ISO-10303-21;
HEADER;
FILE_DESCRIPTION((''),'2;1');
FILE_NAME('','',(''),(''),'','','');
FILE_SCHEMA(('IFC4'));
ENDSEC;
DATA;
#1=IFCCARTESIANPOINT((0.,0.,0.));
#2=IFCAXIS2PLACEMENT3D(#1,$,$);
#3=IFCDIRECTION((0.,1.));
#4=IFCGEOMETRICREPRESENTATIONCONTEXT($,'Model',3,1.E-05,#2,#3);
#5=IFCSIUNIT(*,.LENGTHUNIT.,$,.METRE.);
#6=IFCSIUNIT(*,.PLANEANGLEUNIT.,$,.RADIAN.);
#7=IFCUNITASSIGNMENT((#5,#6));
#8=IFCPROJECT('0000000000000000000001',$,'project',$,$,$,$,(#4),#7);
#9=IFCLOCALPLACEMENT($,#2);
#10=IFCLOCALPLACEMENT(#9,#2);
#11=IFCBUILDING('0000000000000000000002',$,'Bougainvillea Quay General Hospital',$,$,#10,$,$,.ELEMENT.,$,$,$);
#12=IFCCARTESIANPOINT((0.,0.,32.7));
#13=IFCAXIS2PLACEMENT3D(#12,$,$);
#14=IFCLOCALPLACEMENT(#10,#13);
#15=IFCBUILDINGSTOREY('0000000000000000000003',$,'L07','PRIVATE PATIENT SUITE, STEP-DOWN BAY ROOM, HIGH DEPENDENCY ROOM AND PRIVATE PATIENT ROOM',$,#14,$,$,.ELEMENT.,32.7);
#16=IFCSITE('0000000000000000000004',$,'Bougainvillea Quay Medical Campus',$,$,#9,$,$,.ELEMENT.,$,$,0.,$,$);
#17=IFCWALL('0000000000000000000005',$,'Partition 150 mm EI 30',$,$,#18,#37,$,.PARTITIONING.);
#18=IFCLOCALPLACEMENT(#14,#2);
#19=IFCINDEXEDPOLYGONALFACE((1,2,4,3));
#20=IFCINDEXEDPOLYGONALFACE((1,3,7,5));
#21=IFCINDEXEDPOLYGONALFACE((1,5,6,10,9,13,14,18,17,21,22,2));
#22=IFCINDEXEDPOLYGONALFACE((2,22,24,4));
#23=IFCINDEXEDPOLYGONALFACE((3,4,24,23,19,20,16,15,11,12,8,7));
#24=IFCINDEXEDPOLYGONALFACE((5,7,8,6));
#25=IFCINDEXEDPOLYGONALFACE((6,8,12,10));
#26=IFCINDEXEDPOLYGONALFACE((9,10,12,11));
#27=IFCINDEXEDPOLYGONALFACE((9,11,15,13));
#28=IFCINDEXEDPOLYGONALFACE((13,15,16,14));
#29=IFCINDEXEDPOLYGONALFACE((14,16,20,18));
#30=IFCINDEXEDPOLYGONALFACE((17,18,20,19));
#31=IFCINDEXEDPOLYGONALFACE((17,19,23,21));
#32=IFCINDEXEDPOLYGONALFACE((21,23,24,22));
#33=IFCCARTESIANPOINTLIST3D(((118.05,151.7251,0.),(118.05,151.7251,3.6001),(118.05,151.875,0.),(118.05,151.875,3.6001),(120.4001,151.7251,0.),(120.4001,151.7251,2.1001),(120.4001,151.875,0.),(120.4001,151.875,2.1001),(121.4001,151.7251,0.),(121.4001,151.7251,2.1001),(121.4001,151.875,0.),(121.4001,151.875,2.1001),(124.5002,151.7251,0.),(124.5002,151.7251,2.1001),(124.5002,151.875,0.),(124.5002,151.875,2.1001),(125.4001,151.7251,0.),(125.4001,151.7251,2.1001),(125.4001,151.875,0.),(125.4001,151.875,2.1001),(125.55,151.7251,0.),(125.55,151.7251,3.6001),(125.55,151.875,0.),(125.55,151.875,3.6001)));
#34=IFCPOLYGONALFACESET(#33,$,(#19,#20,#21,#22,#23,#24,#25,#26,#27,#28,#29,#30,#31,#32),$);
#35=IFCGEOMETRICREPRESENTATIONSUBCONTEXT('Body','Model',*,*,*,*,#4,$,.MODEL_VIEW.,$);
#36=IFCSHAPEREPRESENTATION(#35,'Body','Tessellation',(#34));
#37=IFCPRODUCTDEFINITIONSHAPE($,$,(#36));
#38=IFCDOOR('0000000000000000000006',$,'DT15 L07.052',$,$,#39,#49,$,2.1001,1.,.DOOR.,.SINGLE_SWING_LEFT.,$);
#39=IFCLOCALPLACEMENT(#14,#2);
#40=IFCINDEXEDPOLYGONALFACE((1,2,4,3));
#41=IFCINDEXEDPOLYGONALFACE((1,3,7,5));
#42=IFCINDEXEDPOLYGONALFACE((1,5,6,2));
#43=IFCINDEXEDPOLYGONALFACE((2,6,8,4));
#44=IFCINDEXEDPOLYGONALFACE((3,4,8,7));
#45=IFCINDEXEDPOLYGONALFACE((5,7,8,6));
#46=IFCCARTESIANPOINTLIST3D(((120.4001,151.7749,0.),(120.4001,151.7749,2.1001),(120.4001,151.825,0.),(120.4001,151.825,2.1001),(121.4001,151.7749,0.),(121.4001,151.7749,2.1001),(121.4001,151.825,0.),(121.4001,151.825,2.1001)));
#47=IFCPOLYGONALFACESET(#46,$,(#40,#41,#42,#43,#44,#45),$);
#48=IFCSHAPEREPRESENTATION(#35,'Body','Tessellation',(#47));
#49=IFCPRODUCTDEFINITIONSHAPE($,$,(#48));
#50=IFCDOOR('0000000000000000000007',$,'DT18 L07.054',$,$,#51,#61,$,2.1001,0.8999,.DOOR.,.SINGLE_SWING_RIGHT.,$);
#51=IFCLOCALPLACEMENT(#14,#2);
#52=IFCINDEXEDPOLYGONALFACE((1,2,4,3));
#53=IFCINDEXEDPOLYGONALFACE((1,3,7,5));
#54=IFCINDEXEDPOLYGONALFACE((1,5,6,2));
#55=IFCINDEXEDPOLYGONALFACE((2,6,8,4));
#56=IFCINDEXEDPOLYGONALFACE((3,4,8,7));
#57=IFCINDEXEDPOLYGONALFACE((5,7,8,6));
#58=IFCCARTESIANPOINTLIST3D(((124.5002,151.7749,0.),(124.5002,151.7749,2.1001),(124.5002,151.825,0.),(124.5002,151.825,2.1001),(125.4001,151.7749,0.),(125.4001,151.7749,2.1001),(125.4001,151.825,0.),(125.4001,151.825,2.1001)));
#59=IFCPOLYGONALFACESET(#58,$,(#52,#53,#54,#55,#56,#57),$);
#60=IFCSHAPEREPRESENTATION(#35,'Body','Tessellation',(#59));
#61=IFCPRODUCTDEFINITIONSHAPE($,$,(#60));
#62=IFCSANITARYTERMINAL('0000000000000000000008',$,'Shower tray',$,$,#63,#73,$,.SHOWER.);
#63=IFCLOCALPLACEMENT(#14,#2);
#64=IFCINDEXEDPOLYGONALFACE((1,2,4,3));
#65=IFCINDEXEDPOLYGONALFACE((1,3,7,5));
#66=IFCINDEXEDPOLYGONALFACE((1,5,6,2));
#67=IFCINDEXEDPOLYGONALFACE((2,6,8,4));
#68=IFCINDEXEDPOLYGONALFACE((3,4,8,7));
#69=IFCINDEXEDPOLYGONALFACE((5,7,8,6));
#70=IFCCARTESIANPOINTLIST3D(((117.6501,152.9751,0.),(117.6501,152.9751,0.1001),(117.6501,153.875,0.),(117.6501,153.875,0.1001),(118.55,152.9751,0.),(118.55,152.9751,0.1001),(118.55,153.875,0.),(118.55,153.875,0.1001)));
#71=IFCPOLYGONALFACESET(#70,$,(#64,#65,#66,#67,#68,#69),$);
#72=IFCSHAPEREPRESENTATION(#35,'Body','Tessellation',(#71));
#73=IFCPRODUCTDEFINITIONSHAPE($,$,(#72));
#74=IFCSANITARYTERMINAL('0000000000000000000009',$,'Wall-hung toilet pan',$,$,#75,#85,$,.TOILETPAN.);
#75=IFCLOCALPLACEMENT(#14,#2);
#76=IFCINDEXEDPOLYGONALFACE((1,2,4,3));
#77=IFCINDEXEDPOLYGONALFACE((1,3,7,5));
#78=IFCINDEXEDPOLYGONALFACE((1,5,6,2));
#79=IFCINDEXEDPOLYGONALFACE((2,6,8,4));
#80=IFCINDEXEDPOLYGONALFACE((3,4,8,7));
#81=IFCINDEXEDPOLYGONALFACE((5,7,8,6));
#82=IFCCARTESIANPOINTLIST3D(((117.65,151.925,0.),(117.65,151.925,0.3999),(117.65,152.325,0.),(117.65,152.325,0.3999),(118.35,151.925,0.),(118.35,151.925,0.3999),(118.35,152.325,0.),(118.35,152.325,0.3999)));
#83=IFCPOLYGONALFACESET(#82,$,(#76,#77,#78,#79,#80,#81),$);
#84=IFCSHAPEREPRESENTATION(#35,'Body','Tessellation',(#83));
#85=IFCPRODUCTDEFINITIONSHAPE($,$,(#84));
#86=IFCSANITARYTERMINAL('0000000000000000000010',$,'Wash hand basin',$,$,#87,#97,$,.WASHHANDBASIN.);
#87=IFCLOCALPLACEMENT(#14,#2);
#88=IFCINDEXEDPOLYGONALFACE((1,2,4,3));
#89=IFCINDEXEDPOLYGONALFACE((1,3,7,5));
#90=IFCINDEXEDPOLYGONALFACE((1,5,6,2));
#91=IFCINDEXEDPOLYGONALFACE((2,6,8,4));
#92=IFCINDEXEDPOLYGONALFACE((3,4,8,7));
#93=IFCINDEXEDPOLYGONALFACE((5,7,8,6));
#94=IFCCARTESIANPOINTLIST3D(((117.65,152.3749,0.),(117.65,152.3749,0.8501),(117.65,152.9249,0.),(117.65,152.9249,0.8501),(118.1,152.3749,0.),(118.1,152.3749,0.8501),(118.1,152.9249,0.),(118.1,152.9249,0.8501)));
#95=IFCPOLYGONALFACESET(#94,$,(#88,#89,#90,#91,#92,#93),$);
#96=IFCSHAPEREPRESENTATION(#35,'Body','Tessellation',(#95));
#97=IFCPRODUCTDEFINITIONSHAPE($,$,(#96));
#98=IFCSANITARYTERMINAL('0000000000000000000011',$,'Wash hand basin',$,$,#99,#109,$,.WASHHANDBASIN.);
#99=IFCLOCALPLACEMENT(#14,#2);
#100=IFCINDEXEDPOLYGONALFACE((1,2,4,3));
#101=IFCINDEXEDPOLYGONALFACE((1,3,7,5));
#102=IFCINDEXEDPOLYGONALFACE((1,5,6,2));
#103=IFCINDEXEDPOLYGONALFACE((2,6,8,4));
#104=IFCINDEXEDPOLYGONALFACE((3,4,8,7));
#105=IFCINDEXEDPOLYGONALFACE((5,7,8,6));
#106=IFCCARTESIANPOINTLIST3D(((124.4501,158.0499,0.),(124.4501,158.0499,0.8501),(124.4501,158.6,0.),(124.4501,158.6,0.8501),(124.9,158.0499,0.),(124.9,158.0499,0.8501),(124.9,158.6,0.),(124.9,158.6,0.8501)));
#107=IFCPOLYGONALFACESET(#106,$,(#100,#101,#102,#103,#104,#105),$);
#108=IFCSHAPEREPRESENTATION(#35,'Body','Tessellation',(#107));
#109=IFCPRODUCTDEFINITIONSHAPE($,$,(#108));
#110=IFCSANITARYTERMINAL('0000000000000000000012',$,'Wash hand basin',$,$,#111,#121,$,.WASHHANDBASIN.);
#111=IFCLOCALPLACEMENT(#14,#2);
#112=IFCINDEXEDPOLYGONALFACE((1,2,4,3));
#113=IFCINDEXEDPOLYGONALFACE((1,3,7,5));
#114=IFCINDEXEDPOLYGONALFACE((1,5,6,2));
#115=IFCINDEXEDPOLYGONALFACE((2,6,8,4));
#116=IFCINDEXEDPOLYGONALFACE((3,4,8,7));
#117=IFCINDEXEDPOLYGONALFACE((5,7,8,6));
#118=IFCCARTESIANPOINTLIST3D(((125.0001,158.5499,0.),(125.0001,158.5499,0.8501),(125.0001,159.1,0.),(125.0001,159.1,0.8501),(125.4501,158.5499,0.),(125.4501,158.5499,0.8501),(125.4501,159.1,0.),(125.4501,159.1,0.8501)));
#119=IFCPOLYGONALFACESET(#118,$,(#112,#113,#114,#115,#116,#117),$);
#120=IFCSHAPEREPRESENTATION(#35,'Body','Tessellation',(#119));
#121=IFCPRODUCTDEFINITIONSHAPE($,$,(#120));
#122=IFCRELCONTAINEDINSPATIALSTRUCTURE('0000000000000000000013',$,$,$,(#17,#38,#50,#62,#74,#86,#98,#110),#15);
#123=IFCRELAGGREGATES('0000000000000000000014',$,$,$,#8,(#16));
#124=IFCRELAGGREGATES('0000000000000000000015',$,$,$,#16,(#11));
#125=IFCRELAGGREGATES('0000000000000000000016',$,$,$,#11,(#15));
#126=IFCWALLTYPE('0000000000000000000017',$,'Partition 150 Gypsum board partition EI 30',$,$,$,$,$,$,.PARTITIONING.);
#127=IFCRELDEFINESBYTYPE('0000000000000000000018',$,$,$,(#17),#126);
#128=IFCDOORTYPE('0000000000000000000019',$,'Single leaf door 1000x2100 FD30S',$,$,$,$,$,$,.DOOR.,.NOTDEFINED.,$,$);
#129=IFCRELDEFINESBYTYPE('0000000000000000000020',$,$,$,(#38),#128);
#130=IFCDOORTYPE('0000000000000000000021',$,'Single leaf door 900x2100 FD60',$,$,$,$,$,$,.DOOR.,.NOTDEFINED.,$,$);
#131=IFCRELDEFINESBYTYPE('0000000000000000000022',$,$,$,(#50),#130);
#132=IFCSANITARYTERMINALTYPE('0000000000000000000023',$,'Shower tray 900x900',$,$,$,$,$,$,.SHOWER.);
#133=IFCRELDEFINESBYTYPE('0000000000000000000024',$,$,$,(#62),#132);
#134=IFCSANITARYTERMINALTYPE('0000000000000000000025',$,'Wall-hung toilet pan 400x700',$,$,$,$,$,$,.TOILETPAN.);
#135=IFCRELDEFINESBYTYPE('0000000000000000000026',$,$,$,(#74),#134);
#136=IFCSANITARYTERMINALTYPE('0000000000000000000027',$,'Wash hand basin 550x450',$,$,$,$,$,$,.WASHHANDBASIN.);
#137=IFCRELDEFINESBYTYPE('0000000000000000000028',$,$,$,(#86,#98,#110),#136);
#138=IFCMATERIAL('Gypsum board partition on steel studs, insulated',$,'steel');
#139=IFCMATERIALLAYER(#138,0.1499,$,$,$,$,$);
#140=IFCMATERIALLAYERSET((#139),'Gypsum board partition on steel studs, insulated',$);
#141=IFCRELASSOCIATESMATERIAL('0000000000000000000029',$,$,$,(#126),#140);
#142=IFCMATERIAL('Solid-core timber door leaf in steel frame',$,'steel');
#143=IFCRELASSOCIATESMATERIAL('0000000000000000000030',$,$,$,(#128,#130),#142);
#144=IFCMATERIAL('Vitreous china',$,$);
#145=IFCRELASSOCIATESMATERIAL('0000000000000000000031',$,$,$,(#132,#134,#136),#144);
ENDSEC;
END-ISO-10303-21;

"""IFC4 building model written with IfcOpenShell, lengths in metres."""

from ifc_helpers import new_model, si_unit, direction, frame, frame_2d, origin, origin_2d, place, context, subcontext, project, spatial, rectangle, extrude, material, layer, layer_set, type_object, element, fill, save


model = new_model("IFC4")

# Units and contexts
model_context = context("Model", 3, precision=1e-05, world=origin(), true_north=direction((0.0, 1.0)))
body_context = subcontext(model_context, "Body", "Model", "MODEL_VIEW")
ifc_project = project(units=[si_unit("LENGTHUNIT", "METRE"), si_unit("PLANEANGLEUNIT", "RADIAN")], contexts=[model_context])

# Site, building, storey
site_placement = place(None, origin())
site = spatial("IfcSite", under=ifc_project, at=site_placement, Name="Bougainvillea Quay Medical Campus", CompositionType="ELEMENT", RefElevation=0.0)
building_placement = place(site_placement, origin())
building = spatial("IfcBuilding", under=site, at=building_placement, Name="Bougainvillea Quay General Hospital", CompositionType="ELEMENT")
storey_placement = place(building_placement, frame((0.0, 0.0, 32.7)))
storey = spatial("IfcBuildingStorey", under=building, at=storey_placement, Name="L07", Description="PRIVATE PATIENT SUITE, STEP-DOWN BAY ROOM, HIGH DEPENDENCY ROOM AND PRIVATE PATIENT ROOM", CompositionType="ELEMENT", Elevation=32.7)

# Shared definitions
ifc_material_1 = material(Name="Solid-core timber door leaf in steel frame", Category="steel")

# Shared definitions
ifc_material_2 = material(Name="Gypsum board partition on steel studs, insulated", Category="steel")

# Wall, openings, doors
ifc_layer_1 = layer(ifc_material_2, 0.1499)
ifc_layer_set_1 = layer_set([ifc_layer_1], Name="Gypsum board partition on steel studs, insulated")
wall_type_1 = type_object("IfcWallType", Name="Partition 150 Gypsum board partition EI 30", PredefinedType="PARTITIONING", material=ifc_layer_set_1)
wall_1_placement = place(storey_placement, frame((125.55, 151.8, 0.0), z_axis=(0.0, 0.0, 1.0), x_axis=(-1.0, 0.0, 0.0)))
wall_1 = element("IfcWall", 1, at=wall_1_placement, inside=storey, type_object=wall_type_1, Name="Partition 150 mm EI 30", PredefinedType="PARTITIONING", context=body_context, shape_type="SweptSolid", body=[
    extrude(rectangle(XDim=7.5, YDim=0.1499, at=frame_2d((3.75, 0.0))), origin(), (0.0, 0.0, 1.0), 3.6001),
])
opening_1_placement = place(wall_1_placement, frame((4.1499, 0.0, 0.0)))
opening_1 = element("IfcOpeningElement", 2, at=opening_1_placement, cuts=wall_1, PredefinedType="OPENING", context=body_context, shape_type="SweptSolid", body=[
    extrude(rectangle(XDim=1.0, YDim=2.1001, at=frame_2d((0.5, 1.05))), frame((0.0, 0.085, 0.0), z_axis=(0.0, -1.0, 0.0), x_axis=(1.0, 0.0, 0.0)), (0.0, 0.0, 1.0), 0.1699),
])
opening_2_placement = place(wall_1_placement, frame((0.1499, 0.0, 0.0)))
opening_2 = element("IfcOpeningElement", 3, at=opening_2_placement, cuts=wall_1, PredefinedType="OPENING", context=body_context, shape_type="SweptSolid", body=[
    extrude(rectangle(XDim=0.8999, YDim=2.1001, at=frame_2d((0.45, 1.05))), frame((0.0, 0.085, 0.0), z_axis=(0.0, -1.0, 0.0), x_axis=(1.0, 0.0, 0.0)), (0.0, 0.0, 1.0), 0.1699),
])
door_type_1 = type_object("IfcDoorType", Name="Single leaf door 1000x2100 FD30S", OperationType="NOTDEFINED", PredefinedType="DOOR", material=ifc_material_1)
door_1_placement = place(opening_1_placement, frame((1.0, 0.0, 0.0), z_axis=(0.0, 0.0, 1.0), x_axis=(-1.0, 0.0, 0.0)))
door_1 = element("IfcDoor", 4, at=door_1_placement, inside=storey, type_object=door_type_1, Name="DT15 L07.052", OperationType="SINGLE_SWING_LEFT", OverallHeight=2.1001, OverallWidth=1.0, PredefinedType="DOOR", context=body_context, shape_type="SweptSolid", body=[
    extrude(rectangle(XDim=1.0, YDim=2.1001, at=frame_2d((0.5, 1.05))), frame((0.0, 0.0249, 0.0), z_axis=(0.0, -1.0, 0.0), x_axis=(1.0, 0.0, 0.0)), (0.0, 0.0, 1.0), 0.05),
])
fill(opening_1, door_1)
door_type_2 = type_object("IfcDoorType", Name="Single leaf door 900x2100 FD60", OperationType="NOTDEFINED", PredefinedType="DOOR", material=ifc_material_1)
door_2_placement = place(opening_2_placement, frame((0.8999, 0.0, 0.0), z_axis=(0.0, 0.0, 1.0), x_axis=(-1.0, 0.0, 0.0)))
door_2 = element("IfcDoor", 5, at=door_2_placement, inside=storey, type_object=door_type_2, Name="DT18 L07.054", OperationType="SINGLE_SWING_RIGHT", OverallHeight=2.1001, OverallWidth=0.8999, PredefinedType="DOOR", context=body_context, shape_type="SweptSolid", body=[
    extrude(rectangle(XDim=0.8999, YDim=2.1001, at=frame_2d((0.45, 1.05))), frame((0.0, 0.0249, 0.0), z_axis=(0.0, -1.0, 0.0), x_axis=(1.0, 0.0, 0.0)), (0.0, 0.0, 1.0), 0.05),
])
fill(opening_2, door_2)

# Sanitary terminals
ifc_material_3 = material(Name="Vitreous china")
sanitary_terminal_type_1 = type_object("IfcSanitaryTerminalType", Name="Shower tray 900x900", PredefinedType="SHOWER", material=ifc_material_3)
sanitary_terminal_1_placement = place(storey_placement, frame((118.1001, 153.425, 0.0), z_axis=(0.0, 0.0, 1.0), x_axis=(0.0, 1.0, 0.0)))
element("IfcSanitaryTerminal", 6, at=sanitary_terminal_1_placement, inside=storey, type_object=sanitary_terminal_type_1, Name="Shower tray", PredefinedType="SHOWER", context=body_context, shape_type="SweptSolid", body=[
    extrude(rectangle(XDim=0.8999, YDim=0.8999, at=origin_2d()), origin(), (0.0, 0.0, 1.0), 0.1001),
])
sanitary_terminal_type_2 = type_object("IfcSanitaryTerminalType", Name="Wall-hung toilet pan 400x700", PredefinedType="TOILETPAN", material=ifc_material_3)
sanitary_terminal_2_placement = place(storey_placement, frame((118.0, 152.125, 0.0), z_axis=(0.0, 0.0, 1.0), x_axis=(0.0, 1.0, 0.0)))
element("IfcSanitaryTerminal", 7, at=sanitary_terminal_2_placement, inside=storey, type_object=sanitary_terminal_type_2, Name="Wall-hung toilet pan", PredefinedType="TOILETPAN", context=body_context, shape_type="SweptSolid", body=[
    extrude(rectangle(XDim=0.3999, YDim=0.7, at=origin_2d()), origin(), (0.0, 0.0, 1.0), 0.3999),
])
sanitary_terminal_type_3 = type_object("IfcSanitaryTerminalType", Name="Wash hand basin 550x450", PredefinedType="WASHHANDBASIN", material=ifc_material_3)
for number, where, z_axis, x_axis, name in (
    (8, (117.875, 152.6499, 0.0), (0.0, 0.0, 1.0), (0.0, 1.0, 0.0), "Wash hand basin"),
    (9, (124.675, 158.325, 0.0), (0.0, 0.0, 1.0), (0.0, -1.0, 0.0), "Wash hand basin"),
    (10, (125.2251, 158.825, 0.0), (0.0, 0.0, 1.0), (0.0, 1.0, 0.0), "Wash hand basin"),
):
    element("IfcSanitaryTerminal", number, at=place(storey_placement, frame(where, z_axis=z_axis, x_axis=x_axis)), inside=storey, type_object=sanitary_terminal_type_3, Name=name, PredefinedType="WASHHANDBASIN", context=body_context, shape_type="SweptSolid", body=[
        extrude(rectangle(XDim=0.55, YDim=0.45, at=origin_2d()), origin(), (0.0, 0.0, 1.0), 0.8501),
    ])

save(model, "model.ifc")
